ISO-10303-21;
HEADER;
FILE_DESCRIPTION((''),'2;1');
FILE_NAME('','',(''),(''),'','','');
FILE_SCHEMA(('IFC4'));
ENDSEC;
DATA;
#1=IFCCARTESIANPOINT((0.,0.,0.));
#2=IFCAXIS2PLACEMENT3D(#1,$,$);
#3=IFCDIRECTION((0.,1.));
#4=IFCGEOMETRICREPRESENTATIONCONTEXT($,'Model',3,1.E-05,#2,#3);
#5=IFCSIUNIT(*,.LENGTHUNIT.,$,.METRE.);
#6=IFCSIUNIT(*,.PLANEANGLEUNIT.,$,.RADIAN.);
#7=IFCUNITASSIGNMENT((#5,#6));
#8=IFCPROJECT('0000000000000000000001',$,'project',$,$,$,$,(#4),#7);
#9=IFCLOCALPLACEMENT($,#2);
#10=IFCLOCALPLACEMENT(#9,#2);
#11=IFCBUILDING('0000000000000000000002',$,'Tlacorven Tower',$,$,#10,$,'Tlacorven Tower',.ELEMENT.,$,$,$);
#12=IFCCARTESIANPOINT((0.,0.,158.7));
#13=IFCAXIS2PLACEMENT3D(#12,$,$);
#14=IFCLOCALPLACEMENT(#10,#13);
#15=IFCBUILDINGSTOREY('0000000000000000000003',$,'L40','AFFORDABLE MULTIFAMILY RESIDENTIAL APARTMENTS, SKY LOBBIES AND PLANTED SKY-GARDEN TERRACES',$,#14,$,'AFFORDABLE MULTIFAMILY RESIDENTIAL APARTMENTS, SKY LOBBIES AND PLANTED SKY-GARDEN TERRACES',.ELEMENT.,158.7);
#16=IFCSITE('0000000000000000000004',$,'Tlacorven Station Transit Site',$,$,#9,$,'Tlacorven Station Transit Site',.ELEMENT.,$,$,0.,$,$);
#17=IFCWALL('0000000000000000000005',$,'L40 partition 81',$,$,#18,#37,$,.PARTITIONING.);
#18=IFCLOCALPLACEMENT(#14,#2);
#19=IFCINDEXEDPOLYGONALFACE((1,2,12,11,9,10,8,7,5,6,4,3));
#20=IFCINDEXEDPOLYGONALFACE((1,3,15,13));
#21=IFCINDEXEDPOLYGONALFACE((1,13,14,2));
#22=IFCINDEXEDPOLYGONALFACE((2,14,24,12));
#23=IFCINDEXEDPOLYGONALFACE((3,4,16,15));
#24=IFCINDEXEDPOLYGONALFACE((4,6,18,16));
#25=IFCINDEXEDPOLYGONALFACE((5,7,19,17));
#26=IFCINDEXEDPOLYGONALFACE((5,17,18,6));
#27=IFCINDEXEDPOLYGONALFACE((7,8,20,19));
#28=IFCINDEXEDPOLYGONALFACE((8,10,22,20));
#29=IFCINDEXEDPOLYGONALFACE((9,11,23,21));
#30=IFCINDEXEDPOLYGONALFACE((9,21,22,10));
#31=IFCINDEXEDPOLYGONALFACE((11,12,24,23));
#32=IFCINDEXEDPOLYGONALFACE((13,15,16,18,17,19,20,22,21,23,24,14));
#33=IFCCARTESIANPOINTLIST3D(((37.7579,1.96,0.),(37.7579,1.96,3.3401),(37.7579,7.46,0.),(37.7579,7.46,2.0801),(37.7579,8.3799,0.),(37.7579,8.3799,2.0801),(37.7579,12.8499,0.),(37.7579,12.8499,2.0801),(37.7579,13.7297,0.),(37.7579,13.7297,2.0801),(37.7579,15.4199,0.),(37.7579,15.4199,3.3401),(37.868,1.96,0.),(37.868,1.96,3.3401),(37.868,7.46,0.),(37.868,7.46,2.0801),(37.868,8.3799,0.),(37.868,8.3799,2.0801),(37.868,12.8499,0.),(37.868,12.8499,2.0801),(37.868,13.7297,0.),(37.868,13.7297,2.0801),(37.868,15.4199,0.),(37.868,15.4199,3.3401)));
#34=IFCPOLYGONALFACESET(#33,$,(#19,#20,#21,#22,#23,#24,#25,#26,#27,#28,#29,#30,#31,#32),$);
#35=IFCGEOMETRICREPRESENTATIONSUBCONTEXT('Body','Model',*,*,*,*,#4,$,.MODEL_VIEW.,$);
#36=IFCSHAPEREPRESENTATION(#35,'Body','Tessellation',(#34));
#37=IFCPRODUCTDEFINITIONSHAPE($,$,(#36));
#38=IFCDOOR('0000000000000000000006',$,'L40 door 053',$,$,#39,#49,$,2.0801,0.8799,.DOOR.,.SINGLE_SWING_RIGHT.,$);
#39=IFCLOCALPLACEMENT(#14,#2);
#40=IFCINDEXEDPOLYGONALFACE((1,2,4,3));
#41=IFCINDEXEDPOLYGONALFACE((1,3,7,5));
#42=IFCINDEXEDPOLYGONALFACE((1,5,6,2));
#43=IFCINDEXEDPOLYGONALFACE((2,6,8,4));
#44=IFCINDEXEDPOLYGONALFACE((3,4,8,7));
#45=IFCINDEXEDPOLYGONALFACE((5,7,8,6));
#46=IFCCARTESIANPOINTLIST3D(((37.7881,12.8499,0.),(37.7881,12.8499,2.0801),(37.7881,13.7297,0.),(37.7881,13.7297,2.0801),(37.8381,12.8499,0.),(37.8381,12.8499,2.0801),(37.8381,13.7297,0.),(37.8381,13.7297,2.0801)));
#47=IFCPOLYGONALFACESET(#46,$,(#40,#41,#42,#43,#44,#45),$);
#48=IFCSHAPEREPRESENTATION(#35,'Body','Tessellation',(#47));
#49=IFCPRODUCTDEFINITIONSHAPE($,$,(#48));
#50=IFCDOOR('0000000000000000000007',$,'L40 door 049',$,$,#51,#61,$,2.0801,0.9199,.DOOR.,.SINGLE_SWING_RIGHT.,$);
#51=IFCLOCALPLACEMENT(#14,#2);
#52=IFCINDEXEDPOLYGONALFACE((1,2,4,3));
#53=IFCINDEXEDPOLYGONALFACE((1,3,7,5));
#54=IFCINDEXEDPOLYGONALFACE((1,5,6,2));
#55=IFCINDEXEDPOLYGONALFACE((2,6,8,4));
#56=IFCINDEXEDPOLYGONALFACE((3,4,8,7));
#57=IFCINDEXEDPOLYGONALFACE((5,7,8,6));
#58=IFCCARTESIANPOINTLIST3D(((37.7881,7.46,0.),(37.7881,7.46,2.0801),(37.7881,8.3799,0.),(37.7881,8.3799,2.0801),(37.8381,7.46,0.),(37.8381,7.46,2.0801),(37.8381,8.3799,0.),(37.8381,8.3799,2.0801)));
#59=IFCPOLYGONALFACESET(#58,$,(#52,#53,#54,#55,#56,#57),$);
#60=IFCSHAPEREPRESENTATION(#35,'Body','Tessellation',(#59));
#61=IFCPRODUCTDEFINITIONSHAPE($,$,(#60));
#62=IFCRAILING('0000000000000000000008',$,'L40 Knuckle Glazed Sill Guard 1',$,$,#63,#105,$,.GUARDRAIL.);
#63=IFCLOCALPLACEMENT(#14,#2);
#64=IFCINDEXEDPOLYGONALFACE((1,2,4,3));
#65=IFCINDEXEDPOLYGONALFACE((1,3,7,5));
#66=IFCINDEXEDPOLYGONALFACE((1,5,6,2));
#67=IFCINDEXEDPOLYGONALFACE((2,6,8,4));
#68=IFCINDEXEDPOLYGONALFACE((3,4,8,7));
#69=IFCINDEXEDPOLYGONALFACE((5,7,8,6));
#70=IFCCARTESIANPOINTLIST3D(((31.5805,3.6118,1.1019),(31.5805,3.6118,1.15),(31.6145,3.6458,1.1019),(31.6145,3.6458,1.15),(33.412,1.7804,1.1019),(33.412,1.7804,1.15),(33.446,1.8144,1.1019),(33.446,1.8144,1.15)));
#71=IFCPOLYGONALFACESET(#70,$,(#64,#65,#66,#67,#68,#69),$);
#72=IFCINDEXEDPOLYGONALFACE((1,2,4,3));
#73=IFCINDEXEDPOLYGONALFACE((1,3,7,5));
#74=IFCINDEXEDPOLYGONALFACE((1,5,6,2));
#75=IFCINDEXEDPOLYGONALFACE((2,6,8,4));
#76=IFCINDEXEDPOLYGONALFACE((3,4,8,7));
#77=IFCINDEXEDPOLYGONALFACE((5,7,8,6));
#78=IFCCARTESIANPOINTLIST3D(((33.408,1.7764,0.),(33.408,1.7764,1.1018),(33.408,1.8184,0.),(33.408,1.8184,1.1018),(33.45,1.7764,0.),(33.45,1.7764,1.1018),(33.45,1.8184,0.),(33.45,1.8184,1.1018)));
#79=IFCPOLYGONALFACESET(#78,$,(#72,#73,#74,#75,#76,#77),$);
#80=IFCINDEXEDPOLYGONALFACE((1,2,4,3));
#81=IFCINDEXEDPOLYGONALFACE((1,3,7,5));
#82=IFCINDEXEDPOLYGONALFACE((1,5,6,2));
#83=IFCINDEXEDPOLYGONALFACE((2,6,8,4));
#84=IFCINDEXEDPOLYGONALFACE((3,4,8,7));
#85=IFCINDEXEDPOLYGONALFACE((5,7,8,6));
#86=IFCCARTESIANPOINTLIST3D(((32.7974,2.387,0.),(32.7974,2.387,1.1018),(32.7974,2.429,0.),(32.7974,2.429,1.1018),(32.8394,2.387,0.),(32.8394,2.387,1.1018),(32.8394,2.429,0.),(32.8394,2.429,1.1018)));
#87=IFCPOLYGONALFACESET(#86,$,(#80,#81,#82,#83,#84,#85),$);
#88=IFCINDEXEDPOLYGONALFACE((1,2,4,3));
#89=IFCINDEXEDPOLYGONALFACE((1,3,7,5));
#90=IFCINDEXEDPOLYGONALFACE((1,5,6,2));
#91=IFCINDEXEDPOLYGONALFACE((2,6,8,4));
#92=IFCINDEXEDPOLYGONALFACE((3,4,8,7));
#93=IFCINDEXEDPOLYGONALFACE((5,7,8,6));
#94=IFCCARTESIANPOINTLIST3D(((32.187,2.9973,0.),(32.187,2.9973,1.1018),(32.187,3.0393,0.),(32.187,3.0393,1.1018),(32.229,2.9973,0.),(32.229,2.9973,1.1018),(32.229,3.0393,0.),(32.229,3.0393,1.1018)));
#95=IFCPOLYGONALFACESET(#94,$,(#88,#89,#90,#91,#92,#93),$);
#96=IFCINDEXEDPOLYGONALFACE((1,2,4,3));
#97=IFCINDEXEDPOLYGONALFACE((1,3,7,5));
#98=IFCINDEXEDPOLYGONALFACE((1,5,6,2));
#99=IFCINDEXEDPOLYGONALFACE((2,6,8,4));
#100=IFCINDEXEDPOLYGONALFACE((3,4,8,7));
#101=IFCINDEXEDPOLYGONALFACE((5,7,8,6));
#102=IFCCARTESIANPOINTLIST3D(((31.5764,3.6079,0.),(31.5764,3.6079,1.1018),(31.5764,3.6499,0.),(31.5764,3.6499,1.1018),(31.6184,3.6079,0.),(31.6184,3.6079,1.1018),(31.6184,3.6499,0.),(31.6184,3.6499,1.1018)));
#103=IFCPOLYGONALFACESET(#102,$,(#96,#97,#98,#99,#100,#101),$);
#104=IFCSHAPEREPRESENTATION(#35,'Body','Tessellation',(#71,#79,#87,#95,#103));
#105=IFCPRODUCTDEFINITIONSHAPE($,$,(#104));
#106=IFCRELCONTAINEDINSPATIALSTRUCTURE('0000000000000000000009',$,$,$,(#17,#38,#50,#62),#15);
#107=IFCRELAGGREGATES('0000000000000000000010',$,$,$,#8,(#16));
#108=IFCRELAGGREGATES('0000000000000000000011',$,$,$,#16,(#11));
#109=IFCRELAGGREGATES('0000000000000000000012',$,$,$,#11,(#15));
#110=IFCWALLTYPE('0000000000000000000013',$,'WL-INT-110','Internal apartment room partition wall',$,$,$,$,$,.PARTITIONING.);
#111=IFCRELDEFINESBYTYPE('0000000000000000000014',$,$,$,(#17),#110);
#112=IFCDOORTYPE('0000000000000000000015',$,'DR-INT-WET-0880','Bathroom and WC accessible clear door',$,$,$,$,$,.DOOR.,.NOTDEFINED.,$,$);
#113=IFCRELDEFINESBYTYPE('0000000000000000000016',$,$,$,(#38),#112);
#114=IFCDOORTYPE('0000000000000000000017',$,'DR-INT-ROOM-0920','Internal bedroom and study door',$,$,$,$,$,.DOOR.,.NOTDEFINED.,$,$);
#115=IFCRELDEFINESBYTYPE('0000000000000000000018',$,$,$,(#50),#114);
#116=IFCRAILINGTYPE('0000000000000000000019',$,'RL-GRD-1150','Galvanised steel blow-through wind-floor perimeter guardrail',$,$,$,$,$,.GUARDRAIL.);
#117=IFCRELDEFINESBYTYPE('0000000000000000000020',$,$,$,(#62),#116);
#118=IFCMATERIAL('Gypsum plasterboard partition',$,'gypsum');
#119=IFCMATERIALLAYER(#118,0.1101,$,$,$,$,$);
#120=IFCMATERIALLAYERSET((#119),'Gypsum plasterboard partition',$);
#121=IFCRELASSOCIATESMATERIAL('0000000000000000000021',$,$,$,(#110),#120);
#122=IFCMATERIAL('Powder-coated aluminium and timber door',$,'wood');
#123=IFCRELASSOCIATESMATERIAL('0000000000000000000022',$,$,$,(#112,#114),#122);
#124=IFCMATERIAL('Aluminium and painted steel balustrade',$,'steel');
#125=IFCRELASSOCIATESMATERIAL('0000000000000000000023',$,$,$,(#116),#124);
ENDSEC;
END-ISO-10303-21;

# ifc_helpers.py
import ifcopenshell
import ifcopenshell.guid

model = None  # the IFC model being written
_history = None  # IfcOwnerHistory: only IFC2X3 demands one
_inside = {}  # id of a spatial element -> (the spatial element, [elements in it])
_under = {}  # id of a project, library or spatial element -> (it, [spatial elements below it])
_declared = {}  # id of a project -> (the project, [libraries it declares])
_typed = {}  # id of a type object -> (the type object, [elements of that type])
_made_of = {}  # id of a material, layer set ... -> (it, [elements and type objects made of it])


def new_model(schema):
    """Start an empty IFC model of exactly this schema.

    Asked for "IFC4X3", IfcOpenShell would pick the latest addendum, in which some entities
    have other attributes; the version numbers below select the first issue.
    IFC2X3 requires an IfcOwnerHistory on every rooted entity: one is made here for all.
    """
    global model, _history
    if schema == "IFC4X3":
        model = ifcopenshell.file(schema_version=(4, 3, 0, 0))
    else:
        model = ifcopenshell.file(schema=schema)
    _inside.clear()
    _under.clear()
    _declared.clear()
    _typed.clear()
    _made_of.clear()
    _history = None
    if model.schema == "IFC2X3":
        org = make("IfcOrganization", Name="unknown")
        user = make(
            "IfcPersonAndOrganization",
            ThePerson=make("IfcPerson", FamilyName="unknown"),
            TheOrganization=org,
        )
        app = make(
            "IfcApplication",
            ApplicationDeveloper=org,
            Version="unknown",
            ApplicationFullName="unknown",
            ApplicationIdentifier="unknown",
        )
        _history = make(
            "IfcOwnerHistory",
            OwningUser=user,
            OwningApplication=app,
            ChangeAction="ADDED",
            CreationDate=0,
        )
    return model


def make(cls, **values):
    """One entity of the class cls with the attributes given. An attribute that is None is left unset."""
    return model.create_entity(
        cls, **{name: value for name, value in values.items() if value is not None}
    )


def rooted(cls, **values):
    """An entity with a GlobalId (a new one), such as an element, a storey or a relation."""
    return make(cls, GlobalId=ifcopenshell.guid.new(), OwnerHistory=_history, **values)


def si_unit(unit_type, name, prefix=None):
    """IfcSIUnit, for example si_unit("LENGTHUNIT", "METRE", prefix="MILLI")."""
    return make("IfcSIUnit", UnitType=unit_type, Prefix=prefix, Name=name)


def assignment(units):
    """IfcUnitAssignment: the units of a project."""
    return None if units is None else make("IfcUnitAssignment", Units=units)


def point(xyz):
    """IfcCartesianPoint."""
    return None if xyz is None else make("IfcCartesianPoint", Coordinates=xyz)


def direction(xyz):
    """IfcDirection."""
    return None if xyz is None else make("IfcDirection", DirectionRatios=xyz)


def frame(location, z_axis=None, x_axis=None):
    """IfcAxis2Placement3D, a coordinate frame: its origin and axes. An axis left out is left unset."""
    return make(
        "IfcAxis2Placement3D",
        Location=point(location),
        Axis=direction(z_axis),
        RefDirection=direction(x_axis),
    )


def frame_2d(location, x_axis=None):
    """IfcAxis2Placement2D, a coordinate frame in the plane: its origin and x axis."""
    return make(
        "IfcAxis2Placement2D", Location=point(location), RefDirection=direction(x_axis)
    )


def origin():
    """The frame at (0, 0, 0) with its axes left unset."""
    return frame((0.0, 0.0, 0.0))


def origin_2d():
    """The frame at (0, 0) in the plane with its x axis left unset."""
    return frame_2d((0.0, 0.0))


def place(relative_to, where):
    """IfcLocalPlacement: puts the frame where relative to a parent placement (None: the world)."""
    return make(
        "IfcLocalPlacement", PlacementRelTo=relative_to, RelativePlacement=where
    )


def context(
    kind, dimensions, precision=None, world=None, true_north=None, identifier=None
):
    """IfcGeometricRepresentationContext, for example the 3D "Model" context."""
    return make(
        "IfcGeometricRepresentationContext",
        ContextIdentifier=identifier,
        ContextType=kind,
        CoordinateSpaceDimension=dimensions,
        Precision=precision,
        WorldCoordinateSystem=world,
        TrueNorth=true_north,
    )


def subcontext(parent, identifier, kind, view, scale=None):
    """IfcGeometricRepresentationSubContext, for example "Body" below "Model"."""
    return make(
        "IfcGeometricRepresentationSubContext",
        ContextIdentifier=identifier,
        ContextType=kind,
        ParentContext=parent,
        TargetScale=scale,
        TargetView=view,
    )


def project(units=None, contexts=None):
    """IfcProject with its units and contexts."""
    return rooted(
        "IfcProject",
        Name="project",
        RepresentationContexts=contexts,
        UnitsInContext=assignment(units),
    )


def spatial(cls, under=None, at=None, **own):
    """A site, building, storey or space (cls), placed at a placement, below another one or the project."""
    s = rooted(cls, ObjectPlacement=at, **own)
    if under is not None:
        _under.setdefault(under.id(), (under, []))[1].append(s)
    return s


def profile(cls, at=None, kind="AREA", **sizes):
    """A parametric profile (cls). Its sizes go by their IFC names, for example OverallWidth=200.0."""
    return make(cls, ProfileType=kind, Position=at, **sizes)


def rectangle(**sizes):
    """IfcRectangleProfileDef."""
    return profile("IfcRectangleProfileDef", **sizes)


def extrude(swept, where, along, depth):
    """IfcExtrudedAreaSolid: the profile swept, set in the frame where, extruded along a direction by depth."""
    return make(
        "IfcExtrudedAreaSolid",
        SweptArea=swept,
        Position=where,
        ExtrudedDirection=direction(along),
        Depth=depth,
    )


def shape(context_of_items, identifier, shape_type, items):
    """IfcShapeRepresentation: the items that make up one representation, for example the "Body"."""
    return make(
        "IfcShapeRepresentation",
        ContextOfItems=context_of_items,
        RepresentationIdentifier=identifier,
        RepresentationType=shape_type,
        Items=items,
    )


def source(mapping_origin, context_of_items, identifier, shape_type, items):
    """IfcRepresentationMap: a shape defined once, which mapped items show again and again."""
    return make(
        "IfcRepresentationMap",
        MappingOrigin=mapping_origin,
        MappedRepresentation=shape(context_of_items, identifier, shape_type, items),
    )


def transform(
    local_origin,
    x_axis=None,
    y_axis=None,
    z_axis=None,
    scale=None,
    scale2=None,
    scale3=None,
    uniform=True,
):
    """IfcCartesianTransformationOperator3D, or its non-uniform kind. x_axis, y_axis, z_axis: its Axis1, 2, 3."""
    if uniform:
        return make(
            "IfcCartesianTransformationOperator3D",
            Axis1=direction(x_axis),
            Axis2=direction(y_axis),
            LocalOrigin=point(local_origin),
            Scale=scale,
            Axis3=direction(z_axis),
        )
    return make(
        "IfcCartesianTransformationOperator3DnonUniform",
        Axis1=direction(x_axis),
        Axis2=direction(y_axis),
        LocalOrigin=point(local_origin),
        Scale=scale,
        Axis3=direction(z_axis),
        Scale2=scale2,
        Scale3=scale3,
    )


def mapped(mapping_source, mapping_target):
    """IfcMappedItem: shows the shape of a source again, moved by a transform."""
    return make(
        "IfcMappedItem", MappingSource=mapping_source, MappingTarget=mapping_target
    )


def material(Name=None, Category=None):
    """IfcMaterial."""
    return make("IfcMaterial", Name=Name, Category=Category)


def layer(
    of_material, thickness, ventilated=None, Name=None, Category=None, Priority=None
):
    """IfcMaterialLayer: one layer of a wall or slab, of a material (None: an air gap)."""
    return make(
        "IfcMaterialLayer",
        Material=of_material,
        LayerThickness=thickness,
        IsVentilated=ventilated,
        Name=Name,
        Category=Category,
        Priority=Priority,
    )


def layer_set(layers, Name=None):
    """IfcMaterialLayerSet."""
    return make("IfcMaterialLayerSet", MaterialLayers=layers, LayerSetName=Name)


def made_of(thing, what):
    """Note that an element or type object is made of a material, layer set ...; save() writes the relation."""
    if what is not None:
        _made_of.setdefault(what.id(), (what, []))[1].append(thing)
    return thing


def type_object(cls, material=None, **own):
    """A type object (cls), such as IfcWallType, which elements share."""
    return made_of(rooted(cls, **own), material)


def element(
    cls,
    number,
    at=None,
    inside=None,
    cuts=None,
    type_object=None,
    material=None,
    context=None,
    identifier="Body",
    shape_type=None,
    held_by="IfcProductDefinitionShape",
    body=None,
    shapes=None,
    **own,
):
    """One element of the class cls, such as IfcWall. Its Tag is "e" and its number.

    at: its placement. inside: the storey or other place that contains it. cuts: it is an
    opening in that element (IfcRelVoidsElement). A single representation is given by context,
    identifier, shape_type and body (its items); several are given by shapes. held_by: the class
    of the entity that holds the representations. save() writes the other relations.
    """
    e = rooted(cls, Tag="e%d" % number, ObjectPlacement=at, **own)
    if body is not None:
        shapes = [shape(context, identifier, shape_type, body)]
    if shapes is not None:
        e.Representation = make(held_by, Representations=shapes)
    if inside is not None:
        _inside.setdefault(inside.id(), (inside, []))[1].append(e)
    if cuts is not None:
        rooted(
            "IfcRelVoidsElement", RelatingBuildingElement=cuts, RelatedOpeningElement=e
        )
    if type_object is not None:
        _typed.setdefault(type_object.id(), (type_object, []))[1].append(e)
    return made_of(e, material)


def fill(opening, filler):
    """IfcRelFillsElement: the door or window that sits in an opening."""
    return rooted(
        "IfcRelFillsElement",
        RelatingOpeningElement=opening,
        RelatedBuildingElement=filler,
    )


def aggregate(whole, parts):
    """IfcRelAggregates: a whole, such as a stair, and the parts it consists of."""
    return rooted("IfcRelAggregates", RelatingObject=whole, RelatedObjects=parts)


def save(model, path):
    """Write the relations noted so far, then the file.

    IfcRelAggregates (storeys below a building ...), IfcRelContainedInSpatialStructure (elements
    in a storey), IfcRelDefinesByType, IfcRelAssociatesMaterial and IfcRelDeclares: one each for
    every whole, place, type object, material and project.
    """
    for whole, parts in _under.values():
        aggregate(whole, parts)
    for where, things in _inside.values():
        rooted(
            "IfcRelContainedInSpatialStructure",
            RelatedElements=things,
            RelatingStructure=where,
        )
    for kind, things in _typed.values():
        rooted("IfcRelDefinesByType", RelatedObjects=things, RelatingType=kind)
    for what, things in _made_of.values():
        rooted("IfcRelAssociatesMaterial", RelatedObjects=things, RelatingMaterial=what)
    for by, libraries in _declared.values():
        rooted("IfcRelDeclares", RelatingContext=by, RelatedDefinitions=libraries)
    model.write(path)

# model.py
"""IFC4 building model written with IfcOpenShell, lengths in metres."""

from ifc_helpers import new_model, si_unit, direction, frame, frame_2d, origin, origin_2d, place, context, subcontext, project, spatial, rectangle, extrude, source, transform, mapped, material, layer, layer_set, type_object, element, fill, save


model = new_model("IFC4")

# Units and contexts
model_context = context("Model", 3, precision=1e-05, world=origin(), true_north=direction((0.0, 1.0)))
body_context = subcontext(model_context, "Body", "Model", "MODEL_VIEW")
ifc_project = project(units=[si_unit("LENGTHUNIT", "METRE"), si_unit("PLANEANGLEUNIT", "RADIAN")], contexts=[model_context])

# Site, building, storey
site_placement = place(None, origin())
site = spatial("IfcSite", under=ifc_project, at=site_placement, Name="Tlacorven Station Transit Site", LongName="Tlacorven Station Transit Site", CompositionType="ELEMENT", RefElevation=0.0)
building_placement = place(site_placement, origin())
building = spatial("IfcBuilding", under=site, at=building_placement, Name="Tlacorven Tower", LongName="Tlacorven Tower", CompositionType="ELEMENT")
storey_placement = place(building_placement, frame((0.0, 0.0, 158.7)))
storey = spatial("IfcBuildingStorey", under=building, at=storey_placement, Name="L40", Description="AFFORDABLE MULTIFAMILY RESIDENTIAL APARTMENTS, SKY LOBBIES AND PLANTED SKY-GARDEN TERRACES", LongName="AFFORDABLE MULTIFAMILY RESIDENTIAL APARTMENTS, SKY LOBBIES AND PLANTED SKY-GARDEN TERRACES", CompositionType="ELEMENT", Elevation=158.7)

# Wall, openings, doors
ifc_material_1 = material(Name="Gypsum plasterboard partition", Category="gypsum")
ifc_layer_1 = layer(ifc_material_1, 0.1101)
ifc_layer_set_1 = layer_set([ifc_layer_1], Name="Gypsum plasterboard partition")
wall_type_1 = type_object("IfcWallType", Name="WL-INT-110", Description="Internal apartment room partition wall", PredefinedType="PARTITIONING", material=ifc_layer_set_1)
wall_1_placement = place(storey_placement, frame((37.813, 1.96, 0.0), z_axis=(0.0, 0.0, 1.0), x_axis=(0.0, 1.0, 0.0)))
wall_1 = element("IfcWall", 1, at=wall_1_placement, inside=storey, type_object=wall_type_1, Name="L40 partition 81", PredefinedType="PARTITIONING", context=body_context, shape_type="SweptSolid", body=[
    extrude(rectangle(XDim=13.46, YDim=0.1101, at=frame_2d((6.73, 0.0))), origin(), (0.0, 0.0, 1.0), 3.3401),
])
opening_1_placement = place(wall_1_placement, frame((5.5, 0.0, 0.0)))
opening_1 = element("IfcOpeningElement", 2, at=opening_1_placement, cuts=wall_1, PredefinedType="OPENING", context=body_context, shape_type="SweptSolid", body=[
    extrude(rectangle(XDim=0.9199, YDim=2.0801, at=frame_2d((0.46, 1.04))), frame((0.0, 0.0649, 0.0), z_axis=(0.0, -1.0, 0.0), x_axis=(1.0, 0.0, 0.0)), (0.0, 0.0, 1.0), 0.1301),
])
opening_2_placement = place(wall_1_placement, frame((10.8899, 0.0, 0.0)))
opening_2 = element("IfcOpeningElement", 3, at=opening_2_placement, cuts=wall_1, PredefinedType="OPENING", context=body_context, shape_type="SweptSolid", body=[
    extrude(rectangle(XDim=0.8799, YDim=2.0801, at=frame_2d((0.4399, 1.04))), frame((0.0, 0.0649, 0.0), z_axis=(0.0, -1.0, 0.0), x_axis=(1.0, 0.0, 0.0)), (0.0, 0.0, 1.0), 0.1301),
])
ifc_material_2 = material(Name="Powder-coated aluminium and timber door", Category="wood")
door_type_1 = type_object("IfcDoorType", Name="DR-INT-WET-0880", Description="Bathroom and WC accessible clear door", OperationType="NOTDEFINED", PredefinedType="DOOR", material=ifc_material_2)
shared_shape_1 = source(origin(), body_context, "Body", "SweptSolid", [
    extrude(rectangle(XDim=0.8799, YDim=2.0801, at=frame_2d((0.4399, 1.04))), frame((0.0, 0.0249, 0.0), z_axis=(0.0, -1.0, 0.0), x_axis=(1.0, 0.0, 0.0)), (0.0, 0.0, 1.0), 0.05),
])
door_1_placement = place(opening_2_placement, origin())
door_1 = element("IfcDoor", 4, at=door_1_placement, inside=storey, type_object=door_type_1, Name="L40 door 053", OperationType="SINGLE_SWING_RIGHT", OverallHeight=2.0801, OverallWidth=0.8799, PredefinedType="DOOR", context=body_context, shape_type="MappedRepresentation", body=[
    mapped(shared_shape_1, transform((0.0, 0.0, 0.0), scale=1.0)),
])
fill(opening_2, door_1)
door_type_2 = type_object("IfcDoorType", Name="DR-INT-ROOM-0920", Description="Internal bedroom and study door", OperationType="NOTDEFINED", PredefinedType="DOOR", material=ifc_material_2)
shared_shape_2 = source(origin(), body_context, "Body", "SweptSolid", [
    extrude(rectangle(XDim=0.9199, YDim=2.0801, at=frame_2d((0.46, 1.04))), frame((0.0, 0.0249, 0.0), z_axis=(0.0, -1.0, 0.0), x_axis=(1.0, 0.0, 0.0)), (0.0, 0.0, 1.0), 0.05),
])
door_2_placement = place(opening_1_placement, origin())
door_2 = element("IfcDoor", 5, at=door_2_placement, inside=storey, type_object=door_type_2, Name="L40 door 049", OperationType="SINGLE_SWING_RIGHT", OverallHeight=2.0801, OverallWidth=0.9199, PredefinedType="DOOR", context=body_context, shape_type="MappedRepresentation", body=[
    mapped(shared_shape_2, transform((0.0, 0.0, 0.0), scale=1.0)),
])
fill(opening_1, door_2)

# Railing
ifc_material_3 = material(Name="Aluminium and painted steel balustrade", Category="steel")
railing_type = type_object("IfcRailingType", Name="RL-GRD-1150", Description="Galvanised steel blow-through wind-floor perimeter guardrail", PredefinedType="GUARDRAIL", material=ifc_material_3)
shared_shape_3 = source(origin(), body_context, "Body", "SweptSolid", [
    extrude(rectangle(XDim=0.0481, YDim=0.0481, at=origin_2d()), frame((0.0, 0.0, 1.126), z_axis=(-0.707107, 0.707107, 0.0), x_axis=(-0.707107, -0.707107, 0.0)), (0.0, 0.0, 1.0), 2.5901),
    extrude(rectangle(XDim=0.042, YDim=0.042, at=origin_2d()), origin(), (0.0, 0.0, 1.0), 1.1018),
    extrude(rectangle(XDim=0.042, YDim=0.042, at=origin_2d()), frame((-0.6106, 0.6106, 0.0)), (0.0, 0.0, 1.0), 1.1018),
    extrude(rectangle(XDim=0.042, YDim=0.042, at=origin_2d()), frame((-1.2209, 1.2209, 0.0)), (0.0, 0.0, 1.0), 1.1018),
    extrude(rectangle(XDim=0.042, YDim=0.042, at=origin_2d()), frame((-1.8315, 1.8315, 0.0)), (0.0, 0.0, 1.0), 1.1018),
])
railing_placement = place(storey_placement, frame((33.429, 1.7974, 0.0)))
element("IfcRailing", 6, at=railing_placement, inside=storey, type_object=railing_type, Name="L40 Knuckle Glazed Sill Guard 1", PredefinedType="GUARDRAIL", context=body_context, shape_type="MappedRepresentation", body=[
    mapped(shared_shape_3, transform((0.0, 0.0, 0.0), scale=1.0)),
])

save(model, "model.ifc")
